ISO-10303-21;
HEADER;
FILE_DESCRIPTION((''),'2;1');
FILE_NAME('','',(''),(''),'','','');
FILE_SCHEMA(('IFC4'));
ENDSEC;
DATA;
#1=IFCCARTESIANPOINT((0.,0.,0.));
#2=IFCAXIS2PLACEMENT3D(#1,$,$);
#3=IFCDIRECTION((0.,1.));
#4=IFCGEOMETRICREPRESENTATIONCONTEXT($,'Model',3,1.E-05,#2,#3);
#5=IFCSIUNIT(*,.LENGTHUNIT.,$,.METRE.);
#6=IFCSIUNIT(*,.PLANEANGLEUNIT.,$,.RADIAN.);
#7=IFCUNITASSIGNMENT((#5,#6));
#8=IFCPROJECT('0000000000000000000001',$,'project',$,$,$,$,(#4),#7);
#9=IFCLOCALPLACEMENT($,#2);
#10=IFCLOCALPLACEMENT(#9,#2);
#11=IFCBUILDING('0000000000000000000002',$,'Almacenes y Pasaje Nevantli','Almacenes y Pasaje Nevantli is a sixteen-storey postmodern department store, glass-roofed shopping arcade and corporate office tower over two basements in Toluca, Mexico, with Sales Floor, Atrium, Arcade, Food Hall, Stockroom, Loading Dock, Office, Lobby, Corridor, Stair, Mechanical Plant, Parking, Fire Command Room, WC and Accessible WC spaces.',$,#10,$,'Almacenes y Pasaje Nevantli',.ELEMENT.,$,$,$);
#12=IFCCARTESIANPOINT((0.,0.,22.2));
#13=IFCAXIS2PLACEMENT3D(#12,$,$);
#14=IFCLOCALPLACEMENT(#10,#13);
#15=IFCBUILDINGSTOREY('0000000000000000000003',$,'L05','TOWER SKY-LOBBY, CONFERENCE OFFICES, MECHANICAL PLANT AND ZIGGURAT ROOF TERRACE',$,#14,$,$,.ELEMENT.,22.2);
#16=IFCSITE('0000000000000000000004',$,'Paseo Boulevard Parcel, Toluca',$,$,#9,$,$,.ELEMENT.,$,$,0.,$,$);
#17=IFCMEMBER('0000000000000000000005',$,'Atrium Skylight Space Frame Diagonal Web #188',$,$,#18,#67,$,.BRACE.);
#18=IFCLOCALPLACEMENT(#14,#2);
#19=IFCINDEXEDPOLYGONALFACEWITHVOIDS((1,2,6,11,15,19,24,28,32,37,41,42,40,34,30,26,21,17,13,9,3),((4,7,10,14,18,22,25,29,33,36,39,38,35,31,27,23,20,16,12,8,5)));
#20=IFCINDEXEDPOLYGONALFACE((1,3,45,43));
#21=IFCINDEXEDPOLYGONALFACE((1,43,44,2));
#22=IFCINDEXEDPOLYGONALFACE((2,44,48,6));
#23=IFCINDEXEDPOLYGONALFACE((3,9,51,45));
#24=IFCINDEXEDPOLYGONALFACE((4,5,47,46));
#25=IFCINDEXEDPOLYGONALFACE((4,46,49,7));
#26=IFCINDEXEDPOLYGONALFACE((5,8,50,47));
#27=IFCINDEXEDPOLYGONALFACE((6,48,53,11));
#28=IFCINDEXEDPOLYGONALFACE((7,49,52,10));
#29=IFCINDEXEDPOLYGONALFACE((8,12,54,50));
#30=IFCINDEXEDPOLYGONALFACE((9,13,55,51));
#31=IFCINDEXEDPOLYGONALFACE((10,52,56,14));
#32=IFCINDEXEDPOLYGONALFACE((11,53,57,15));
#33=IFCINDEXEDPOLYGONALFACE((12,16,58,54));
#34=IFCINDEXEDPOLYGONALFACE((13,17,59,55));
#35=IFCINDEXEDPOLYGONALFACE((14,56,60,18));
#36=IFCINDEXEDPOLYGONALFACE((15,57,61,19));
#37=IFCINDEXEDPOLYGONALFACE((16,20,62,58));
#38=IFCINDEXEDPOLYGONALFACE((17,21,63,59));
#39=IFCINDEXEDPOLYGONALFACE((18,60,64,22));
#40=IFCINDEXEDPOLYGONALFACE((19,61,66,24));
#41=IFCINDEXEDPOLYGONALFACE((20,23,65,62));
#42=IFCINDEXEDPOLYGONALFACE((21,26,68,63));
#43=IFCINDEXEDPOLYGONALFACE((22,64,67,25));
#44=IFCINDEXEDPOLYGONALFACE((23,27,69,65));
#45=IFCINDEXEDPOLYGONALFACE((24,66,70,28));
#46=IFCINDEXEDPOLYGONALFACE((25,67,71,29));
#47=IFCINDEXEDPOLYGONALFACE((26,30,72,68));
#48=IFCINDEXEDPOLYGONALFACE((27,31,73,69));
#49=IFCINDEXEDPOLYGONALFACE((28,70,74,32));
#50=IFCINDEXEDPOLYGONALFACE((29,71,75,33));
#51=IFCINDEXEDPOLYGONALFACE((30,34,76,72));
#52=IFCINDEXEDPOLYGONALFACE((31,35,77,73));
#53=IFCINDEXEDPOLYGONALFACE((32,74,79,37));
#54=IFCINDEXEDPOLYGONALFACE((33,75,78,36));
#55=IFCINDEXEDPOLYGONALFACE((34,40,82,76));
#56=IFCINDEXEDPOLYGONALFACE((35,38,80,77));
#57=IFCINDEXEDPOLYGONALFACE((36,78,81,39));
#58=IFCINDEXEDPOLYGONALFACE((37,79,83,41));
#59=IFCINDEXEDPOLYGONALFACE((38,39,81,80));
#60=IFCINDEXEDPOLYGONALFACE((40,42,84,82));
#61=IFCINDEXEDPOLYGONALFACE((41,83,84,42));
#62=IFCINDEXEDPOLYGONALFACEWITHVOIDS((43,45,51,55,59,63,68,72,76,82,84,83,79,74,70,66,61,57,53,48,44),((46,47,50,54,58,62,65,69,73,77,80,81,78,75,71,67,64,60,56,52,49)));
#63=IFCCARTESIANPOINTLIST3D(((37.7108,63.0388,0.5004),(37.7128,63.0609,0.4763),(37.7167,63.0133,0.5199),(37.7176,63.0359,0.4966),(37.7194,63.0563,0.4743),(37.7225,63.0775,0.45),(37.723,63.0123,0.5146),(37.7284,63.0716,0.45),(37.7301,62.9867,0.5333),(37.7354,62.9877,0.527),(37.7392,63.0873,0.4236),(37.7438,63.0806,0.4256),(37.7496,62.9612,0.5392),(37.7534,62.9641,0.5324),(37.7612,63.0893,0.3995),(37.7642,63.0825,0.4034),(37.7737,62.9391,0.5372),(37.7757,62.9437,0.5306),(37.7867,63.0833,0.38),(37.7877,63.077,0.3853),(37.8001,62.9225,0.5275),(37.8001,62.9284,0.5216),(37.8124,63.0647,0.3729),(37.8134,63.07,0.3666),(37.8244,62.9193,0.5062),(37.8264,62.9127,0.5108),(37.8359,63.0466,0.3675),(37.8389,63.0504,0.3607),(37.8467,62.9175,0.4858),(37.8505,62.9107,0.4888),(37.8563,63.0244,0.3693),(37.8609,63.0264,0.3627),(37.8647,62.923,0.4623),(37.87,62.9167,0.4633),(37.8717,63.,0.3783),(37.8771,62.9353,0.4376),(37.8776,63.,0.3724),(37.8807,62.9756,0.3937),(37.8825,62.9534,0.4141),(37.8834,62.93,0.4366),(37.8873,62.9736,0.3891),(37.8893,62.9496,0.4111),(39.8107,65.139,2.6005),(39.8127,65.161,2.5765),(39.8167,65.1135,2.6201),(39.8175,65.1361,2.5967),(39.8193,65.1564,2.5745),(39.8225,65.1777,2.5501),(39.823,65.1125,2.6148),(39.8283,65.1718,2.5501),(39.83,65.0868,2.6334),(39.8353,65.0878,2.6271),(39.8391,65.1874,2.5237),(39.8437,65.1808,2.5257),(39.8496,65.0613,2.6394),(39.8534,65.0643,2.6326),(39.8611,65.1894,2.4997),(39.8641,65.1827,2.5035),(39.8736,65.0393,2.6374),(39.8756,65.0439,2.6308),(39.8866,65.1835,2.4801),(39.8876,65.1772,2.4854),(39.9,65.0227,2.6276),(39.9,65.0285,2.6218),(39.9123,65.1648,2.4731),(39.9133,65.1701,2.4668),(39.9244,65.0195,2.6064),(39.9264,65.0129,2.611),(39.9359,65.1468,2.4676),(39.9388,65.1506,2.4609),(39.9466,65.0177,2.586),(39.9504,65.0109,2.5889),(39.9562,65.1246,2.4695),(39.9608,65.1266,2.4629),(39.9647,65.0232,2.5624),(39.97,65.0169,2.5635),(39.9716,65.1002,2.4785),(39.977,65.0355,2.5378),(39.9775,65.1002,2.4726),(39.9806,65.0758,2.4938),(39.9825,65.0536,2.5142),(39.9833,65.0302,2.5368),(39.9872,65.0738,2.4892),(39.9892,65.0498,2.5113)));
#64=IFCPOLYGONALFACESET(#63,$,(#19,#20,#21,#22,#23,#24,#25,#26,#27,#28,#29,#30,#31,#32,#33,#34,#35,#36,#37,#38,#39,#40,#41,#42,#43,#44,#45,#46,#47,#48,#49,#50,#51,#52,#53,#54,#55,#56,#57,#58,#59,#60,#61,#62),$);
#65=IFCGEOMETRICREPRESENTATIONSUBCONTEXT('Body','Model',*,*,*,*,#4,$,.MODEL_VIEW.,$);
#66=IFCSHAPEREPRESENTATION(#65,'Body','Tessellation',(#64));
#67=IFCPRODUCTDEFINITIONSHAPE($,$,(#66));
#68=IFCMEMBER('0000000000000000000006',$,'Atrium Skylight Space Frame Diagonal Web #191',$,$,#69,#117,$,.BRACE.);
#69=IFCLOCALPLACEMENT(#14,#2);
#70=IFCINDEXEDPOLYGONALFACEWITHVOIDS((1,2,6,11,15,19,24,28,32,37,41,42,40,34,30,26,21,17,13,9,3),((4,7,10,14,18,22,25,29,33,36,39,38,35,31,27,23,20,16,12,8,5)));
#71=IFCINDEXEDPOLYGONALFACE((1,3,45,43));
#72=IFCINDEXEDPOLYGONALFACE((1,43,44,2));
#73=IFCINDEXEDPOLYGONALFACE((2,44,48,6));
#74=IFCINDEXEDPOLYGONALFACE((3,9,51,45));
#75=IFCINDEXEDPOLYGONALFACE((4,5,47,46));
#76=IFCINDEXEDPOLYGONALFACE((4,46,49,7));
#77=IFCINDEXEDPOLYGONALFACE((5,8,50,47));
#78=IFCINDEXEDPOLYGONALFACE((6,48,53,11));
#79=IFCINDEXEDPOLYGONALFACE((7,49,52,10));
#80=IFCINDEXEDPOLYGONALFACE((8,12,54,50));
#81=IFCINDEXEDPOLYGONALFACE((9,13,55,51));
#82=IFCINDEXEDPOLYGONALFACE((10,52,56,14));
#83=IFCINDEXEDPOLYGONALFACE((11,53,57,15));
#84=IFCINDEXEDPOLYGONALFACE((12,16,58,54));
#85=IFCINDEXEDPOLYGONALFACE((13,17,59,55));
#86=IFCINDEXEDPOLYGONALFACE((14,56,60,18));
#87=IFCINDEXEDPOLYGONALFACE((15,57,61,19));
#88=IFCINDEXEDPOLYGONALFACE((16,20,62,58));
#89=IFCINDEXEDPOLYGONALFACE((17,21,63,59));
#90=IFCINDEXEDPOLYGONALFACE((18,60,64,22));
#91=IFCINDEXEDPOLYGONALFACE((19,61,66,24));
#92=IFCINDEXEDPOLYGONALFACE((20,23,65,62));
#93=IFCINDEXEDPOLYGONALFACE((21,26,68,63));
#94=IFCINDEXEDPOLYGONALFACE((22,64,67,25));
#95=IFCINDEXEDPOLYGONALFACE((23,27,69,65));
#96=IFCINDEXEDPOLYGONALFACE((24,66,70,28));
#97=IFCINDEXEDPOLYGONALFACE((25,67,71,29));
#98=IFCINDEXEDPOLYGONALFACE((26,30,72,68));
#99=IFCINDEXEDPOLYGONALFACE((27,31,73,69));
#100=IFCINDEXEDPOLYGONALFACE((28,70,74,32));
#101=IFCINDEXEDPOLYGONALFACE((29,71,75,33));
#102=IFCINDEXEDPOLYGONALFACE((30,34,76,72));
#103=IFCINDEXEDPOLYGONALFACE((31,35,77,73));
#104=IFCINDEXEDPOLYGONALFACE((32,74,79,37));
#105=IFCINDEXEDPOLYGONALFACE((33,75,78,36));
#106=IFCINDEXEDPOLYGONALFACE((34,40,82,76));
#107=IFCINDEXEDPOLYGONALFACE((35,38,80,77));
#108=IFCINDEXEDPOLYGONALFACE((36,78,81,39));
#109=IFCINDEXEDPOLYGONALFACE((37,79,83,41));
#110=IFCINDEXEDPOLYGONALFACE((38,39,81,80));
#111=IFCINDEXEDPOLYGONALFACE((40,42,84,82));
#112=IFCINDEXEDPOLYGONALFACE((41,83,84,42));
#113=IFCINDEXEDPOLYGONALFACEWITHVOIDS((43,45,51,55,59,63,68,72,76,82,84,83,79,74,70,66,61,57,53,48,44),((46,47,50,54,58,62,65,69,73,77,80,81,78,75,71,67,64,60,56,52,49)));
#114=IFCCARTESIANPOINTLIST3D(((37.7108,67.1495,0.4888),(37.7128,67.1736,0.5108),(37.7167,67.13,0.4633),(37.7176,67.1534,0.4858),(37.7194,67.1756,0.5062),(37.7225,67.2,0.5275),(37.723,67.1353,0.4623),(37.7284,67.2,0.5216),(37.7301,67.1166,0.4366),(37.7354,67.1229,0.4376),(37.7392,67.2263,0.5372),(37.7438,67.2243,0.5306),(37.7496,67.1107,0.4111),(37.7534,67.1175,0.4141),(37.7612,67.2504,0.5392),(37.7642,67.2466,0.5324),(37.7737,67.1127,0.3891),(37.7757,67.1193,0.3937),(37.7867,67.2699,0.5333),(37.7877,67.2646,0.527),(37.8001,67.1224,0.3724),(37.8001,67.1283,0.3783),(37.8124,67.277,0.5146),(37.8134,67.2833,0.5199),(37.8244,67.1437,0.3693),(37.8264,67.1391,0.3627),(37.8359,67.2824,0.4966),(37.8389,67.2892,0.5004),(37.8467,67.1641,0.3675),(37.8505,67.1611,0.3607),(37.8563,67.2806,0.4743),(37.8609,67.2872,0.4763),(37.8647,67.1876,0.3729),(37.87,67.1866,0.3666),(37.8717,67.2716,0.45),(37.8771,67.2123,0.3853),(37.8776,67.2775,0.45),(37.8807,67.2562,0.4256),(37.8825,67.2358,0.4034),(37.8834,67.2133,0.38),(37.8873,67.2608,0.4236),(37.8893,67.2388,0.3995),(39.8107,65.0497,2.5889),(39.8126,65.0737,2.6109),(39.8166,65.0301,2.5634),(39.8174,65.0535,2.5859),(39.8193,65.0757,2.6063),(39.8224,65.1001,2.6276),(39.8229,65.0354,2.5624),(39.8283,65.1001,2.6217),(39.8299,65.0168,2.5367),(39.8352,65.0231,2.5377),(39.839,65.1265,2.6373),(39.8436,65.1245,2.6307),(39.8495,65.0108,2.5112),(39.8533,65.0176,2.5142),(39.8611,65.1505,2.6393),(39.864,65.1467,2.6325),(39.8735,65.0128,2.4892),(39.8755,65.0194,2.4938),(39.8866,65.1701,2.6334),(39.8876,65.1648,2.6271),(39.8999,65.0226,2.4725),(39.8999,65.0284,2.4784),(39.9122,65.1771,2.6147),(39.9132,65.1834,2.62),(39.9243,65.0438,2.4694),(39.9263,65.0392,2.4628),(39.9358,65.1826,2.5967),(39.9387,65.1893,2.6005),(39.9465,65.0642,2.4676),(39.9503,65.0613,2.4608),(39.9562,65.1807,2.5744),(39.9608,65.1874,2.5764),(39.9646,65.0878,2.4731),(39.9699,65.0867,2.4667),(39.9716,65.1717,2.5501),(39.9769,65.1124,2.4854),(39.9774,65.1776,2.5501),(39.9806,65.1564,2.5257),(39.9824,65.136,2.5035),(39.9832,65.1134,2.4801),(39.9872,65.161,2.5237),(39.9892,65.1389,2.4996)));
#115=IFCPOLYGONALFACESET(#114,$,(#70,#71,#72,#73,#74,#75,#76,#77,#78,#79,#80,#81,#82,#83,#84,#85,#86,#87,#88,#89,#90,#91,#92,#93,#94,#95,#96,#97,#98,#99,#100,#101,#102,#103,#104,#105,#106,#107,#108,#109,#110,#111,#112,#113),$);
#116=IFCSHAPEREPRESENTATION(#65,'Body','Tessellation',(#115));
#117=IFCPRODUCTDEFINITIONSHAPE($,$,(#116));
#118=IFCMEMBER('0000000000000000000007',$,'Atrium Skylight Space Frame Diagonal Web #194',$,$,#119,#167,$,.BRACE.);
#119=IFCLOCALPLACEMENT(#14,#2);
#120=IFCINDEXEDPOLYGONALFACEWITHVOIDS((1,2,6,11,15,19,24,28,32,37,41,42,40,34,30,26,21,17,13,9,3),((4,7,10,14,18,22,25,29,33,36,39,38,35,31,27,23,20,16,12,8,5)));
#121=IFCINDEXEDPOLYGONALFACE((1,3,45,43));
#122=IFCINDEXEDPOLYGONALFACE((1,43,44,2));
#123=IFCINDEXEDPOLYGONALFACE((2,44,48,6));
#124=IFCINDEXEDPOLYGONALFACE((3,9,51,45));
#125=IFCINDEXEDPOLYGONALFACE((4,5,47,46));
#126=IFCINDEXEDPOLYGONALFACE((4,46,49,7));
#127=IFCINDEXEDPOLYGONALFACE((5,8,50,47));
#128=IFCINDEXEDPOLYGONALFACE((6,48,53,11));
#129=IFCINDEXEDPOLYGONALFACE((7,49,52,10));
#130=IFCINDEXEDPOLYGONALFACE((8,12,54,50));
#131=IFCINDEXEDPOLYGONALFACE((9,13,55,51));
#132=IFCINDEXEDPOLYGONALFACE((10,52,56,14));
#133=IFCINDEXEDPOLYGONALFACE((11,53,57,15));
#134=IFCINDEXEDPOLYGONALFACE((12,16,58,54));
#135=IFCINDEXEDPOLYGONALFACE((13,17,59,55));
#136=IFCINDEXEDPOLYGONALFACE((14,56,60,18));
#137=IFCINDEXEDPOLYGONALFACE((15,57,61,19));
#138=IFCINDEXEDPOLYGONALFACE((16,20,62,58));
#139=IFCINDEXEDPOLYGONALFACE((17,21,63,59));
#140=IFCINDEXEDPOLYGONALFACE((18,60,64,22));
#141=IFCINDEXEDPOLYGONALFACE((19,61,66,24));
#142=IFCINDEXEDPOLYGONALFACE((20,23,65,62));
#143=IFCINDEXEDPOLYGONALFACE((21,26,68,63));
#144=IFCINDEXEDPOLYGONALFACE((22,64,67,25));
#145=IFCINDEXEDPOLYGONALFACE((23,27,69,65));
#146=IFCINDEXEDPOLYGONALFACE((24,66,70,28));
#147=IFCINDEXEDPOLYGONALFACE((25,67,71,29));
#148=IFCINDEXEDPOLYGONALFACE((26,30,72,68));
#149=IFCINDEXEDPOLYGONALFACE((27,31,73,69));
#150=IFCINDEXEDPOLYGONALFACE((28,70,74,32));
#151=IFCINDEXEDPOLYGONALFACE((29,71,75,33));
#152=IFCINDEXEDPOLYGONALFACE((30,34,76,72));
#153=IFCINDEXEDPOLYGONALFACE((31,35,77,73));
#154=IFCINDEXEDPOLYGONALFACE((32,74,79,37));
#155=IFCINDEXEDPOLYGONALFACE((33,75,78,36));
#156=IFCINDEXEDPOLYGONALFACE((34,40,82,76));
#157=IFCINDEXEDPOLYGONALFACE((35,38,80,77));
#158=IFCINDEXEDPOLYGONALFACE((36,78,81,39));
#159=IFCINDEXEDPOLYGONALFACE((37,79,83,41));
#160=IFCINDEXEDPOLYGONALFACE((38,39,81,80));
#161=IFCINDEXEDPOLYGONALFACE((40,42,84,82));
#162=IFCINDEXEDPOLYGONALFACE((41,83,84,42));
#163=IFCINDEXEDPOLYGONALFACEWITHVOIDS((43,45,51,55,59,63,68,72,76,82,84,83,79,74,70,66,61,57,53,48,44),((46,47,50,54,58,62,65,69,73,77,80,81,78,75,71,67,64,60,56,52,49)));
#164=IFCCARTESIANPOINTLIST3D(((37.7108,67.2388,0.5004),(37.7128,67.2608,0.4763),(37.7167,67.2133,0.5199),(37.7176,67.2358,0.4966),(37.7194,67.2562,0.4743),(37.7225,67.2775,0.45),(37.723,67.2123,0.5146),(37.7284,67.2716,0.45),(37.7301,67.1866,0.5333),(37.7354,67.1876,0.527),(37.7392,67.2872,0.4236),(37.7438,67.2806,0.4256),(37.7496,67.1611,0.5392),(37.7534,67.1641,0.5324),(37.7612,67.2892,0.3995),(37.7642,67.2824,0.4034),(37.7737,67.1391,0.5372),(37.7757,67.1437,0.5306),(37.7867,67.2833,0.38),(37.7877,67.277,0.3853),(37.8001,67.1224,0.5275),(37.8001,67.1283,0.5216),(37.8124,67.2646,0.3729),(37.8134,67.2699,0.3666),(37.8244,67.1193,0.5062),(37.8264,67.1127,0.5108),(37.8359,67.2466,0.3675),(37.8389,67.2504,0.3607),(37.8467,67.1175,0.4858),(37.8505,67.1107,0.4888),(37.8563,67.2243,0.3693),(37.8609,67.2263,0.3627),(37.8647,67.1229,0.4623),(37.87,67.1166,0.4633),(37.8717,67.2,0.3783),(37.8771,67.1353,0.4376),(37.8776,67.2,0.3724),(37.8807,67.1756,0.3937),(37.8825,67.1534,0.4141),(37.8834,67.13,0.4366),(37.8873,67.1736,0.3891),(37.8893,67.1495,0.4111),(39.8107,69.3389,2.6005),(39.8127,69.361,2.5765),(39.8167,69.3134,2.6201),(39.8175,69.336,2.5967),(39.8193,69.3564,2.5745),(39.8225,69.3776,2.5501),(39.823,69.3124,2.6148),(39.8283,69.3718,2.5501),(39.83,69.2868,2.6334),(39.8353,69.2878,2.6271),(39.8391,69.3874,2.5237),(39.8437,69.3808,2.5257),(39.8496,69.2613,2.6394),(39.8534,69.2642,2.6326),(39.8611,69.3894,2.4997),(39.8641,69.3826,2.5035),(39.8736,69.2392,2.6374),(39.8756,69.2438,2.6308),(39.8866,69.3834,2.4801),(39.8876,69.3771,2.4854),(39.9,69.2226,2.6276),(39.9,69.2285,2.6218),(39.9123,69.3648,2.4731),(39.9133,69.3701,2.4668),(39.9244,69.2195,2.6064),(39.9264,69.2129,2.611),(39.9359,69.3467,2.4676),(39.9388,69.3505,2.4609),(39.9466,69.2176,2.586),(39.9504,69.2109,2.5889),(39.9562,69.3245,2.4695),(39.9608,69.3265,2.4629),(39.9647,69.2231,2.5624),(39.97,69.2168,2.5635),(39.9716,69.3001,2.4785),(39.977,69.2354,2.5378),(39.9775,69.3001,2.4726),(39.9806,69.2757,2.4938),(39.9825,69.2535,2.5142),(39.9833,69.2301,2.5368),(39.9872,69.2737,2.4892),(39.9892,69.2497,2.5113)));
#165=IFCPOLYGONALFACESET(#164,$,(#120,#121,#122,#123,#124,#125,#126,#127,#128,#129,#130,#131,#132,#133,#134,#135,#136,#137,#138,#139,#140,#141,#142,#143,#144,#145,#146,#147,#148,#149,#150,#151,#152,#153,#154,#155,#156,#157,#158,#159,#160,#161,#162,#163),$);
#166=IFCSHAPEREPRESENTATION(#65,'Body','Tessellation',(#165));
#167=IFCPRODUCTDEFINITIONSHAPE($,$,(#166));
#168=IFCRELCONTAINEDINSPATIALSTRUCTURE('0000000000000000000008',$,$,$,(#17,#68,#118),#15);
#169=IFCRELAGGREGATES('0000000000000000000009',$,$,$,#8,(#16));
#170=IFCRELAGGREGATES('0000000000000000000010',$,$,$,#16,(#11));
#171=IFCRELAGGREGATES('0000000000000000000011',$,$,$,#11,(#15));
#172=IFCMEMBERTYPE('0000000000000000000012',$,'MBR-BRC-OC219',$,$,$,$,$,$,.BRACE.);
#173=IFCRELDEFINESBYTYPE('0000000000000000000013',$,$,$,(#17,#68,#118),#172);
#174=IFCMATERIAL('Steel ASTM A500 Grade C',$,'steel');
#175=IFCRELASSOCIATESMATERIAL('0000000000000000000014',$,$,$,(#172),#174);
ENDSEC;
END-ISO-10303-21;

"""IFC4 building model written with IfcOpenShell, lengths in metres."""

from ifc_helpers import new_model, si_unit, direction, frame, origin, origin_2d, place, context, subcontext, project, spatial, hollow_circle, extrude, material, material_profile, profile_set, type_object, element, save


model = new_model("IFC4")

# Units and contexts
model_context = context("Model", 3, precision=1e-05, world=origin(), true_north=direction((0.0, 1.0)))
body_context = subcontext(model_context, "Body", "Model", "MODEL_VIEW")
ifc_project = project(units=[si_unit("LENGTHUNIT", "METRE"), si_unit("PLANEANGLEUNIT", "RADIAN")], contexts=[model_context])

# Site, building, storey
site_placement = place(None, origin())
site = spatial("IfcSite", under=ifc_project, at=site_placement, Name="Paseo Boulevard Parcel, Toluca", CompositionType="ELEMENT", RefElevation=0.0)
building_placement = place(site_placement, origin())
building = spatial("IfcBuilding", under=site, at=building_placement, Name="Almacenes y Pasaje Nevantli", Description="Almacenes y Pasaje Nevantli is a sixteen-storey postmodern department store, glass-roofed shopping arcade and corporate office tower over two basements in Toluca, Mexico, with Sales Floor, Atrium, Arcade, Food Hall, Stockroom, Loading Dock, Office, Lobby, Corridor, Stair, Mechanical Plant, Parking, Fire Command Room, WC and Accessible WC spaces.", LongName="Almacenes y Pasaje Nevantli", CompositionType="ELEMENT")
storey_placement = place(building_placement, frame((0.0, 0.0, 22.2)))
storey = spatial("IfcBuildingStorey", under=building, at=storey_placement, Name="L05", Description="TOWER SKY-LOBBY, CONFERENCE OFFICES, MECHANICAL PLANT AND ZIGGURAT ROOF TERRACE", CompositionType="ELEMENT", Elevation=22.2)

# Members
ifc_material_1 = material(Name="Steel ASTM A500 Grade C", Category="steel")
ifc_material_profile_1 = material_profile(ifc_material_1, hollow_circle(Radius=0.1096, WallThickness=0.0083, at=origin_2d()), Name="OC 219x8.2")
ifc_profile_set_1 = profile_set([ifc_material_profile_1], Name="Steel ASTM A500 Grade C")
member_type_1 = type_object("IfcMemberType", Name="MBR-BRC-OC219", PredefinedType="BRACE", material=ifc_profile_set_1)
for number, where, z_axis, x_axis, name in (
    (1, (37.8, 63.0, 0.45), (0.577306, 0.577373, 0.577373), (-0.707148, 0.707066, 0.0), "Atrium Skylight Space Frame Diagonal Web #188"),
):
    element("IfcMember", number, at=place(storey_placement, frame(where, z_axis=z_axis, x_axis=x_axis)), inside=storey, type_object=member_type_1, Name=name, PredefinedType="BRACE", context=body_context, shape_type="SweptSolid", body=[
        extrude(hollow_circle(Radius=0.1096, WallThickness=0.0083, at=origin_2d()), origin(), (0.0, 0.0, 1.0), 3.6375),
    ])
member_1_placement = place(storey_placement, frame((37.8, 67.2, 0.45), z_axis=(0.577328, -0.577328, 0.577395), x_axis=(0.707107, 0.707107, 0.0)))
element("IfcMember", 2, at=member_1_placement, inside=storey, type_object=member_type_1, Name="Atrium Skylight Space Frame Diagonal Web #191", PredefinedType="BRACE", context=body_context, shape_type="SweptSolid", body=[
    extrude(hollow_circle(Radius=0.1096, WallThickness=0.0083, at=origin_2d()), origin(), (0.0, 0.0, 1.0), 3.6372),
])
member_2_placement = place(storey_placement, frame((37.8, 67.2, 0.45), z_axis=(0.577306, 0.577373, 0.577373), x_axis=(-0.707148, 0.707066, 0.0)))
element("IfcMember", 3, at=member_2_placement, inside=storey, type_object=member_type_1, Name="Atrium Skylight Space Frame Diagonal Web #194", PredefinedType="BRACE", context=body_context, shape_type="SweptSolid", body=[
    extrude(hollow_circle(Radius=0.1096, WallThickness=0.0083, at=origin_2d()), origin(), (0.0, 0.0, 1.0), 3.6375),
])

save(model, "model.ifc")
